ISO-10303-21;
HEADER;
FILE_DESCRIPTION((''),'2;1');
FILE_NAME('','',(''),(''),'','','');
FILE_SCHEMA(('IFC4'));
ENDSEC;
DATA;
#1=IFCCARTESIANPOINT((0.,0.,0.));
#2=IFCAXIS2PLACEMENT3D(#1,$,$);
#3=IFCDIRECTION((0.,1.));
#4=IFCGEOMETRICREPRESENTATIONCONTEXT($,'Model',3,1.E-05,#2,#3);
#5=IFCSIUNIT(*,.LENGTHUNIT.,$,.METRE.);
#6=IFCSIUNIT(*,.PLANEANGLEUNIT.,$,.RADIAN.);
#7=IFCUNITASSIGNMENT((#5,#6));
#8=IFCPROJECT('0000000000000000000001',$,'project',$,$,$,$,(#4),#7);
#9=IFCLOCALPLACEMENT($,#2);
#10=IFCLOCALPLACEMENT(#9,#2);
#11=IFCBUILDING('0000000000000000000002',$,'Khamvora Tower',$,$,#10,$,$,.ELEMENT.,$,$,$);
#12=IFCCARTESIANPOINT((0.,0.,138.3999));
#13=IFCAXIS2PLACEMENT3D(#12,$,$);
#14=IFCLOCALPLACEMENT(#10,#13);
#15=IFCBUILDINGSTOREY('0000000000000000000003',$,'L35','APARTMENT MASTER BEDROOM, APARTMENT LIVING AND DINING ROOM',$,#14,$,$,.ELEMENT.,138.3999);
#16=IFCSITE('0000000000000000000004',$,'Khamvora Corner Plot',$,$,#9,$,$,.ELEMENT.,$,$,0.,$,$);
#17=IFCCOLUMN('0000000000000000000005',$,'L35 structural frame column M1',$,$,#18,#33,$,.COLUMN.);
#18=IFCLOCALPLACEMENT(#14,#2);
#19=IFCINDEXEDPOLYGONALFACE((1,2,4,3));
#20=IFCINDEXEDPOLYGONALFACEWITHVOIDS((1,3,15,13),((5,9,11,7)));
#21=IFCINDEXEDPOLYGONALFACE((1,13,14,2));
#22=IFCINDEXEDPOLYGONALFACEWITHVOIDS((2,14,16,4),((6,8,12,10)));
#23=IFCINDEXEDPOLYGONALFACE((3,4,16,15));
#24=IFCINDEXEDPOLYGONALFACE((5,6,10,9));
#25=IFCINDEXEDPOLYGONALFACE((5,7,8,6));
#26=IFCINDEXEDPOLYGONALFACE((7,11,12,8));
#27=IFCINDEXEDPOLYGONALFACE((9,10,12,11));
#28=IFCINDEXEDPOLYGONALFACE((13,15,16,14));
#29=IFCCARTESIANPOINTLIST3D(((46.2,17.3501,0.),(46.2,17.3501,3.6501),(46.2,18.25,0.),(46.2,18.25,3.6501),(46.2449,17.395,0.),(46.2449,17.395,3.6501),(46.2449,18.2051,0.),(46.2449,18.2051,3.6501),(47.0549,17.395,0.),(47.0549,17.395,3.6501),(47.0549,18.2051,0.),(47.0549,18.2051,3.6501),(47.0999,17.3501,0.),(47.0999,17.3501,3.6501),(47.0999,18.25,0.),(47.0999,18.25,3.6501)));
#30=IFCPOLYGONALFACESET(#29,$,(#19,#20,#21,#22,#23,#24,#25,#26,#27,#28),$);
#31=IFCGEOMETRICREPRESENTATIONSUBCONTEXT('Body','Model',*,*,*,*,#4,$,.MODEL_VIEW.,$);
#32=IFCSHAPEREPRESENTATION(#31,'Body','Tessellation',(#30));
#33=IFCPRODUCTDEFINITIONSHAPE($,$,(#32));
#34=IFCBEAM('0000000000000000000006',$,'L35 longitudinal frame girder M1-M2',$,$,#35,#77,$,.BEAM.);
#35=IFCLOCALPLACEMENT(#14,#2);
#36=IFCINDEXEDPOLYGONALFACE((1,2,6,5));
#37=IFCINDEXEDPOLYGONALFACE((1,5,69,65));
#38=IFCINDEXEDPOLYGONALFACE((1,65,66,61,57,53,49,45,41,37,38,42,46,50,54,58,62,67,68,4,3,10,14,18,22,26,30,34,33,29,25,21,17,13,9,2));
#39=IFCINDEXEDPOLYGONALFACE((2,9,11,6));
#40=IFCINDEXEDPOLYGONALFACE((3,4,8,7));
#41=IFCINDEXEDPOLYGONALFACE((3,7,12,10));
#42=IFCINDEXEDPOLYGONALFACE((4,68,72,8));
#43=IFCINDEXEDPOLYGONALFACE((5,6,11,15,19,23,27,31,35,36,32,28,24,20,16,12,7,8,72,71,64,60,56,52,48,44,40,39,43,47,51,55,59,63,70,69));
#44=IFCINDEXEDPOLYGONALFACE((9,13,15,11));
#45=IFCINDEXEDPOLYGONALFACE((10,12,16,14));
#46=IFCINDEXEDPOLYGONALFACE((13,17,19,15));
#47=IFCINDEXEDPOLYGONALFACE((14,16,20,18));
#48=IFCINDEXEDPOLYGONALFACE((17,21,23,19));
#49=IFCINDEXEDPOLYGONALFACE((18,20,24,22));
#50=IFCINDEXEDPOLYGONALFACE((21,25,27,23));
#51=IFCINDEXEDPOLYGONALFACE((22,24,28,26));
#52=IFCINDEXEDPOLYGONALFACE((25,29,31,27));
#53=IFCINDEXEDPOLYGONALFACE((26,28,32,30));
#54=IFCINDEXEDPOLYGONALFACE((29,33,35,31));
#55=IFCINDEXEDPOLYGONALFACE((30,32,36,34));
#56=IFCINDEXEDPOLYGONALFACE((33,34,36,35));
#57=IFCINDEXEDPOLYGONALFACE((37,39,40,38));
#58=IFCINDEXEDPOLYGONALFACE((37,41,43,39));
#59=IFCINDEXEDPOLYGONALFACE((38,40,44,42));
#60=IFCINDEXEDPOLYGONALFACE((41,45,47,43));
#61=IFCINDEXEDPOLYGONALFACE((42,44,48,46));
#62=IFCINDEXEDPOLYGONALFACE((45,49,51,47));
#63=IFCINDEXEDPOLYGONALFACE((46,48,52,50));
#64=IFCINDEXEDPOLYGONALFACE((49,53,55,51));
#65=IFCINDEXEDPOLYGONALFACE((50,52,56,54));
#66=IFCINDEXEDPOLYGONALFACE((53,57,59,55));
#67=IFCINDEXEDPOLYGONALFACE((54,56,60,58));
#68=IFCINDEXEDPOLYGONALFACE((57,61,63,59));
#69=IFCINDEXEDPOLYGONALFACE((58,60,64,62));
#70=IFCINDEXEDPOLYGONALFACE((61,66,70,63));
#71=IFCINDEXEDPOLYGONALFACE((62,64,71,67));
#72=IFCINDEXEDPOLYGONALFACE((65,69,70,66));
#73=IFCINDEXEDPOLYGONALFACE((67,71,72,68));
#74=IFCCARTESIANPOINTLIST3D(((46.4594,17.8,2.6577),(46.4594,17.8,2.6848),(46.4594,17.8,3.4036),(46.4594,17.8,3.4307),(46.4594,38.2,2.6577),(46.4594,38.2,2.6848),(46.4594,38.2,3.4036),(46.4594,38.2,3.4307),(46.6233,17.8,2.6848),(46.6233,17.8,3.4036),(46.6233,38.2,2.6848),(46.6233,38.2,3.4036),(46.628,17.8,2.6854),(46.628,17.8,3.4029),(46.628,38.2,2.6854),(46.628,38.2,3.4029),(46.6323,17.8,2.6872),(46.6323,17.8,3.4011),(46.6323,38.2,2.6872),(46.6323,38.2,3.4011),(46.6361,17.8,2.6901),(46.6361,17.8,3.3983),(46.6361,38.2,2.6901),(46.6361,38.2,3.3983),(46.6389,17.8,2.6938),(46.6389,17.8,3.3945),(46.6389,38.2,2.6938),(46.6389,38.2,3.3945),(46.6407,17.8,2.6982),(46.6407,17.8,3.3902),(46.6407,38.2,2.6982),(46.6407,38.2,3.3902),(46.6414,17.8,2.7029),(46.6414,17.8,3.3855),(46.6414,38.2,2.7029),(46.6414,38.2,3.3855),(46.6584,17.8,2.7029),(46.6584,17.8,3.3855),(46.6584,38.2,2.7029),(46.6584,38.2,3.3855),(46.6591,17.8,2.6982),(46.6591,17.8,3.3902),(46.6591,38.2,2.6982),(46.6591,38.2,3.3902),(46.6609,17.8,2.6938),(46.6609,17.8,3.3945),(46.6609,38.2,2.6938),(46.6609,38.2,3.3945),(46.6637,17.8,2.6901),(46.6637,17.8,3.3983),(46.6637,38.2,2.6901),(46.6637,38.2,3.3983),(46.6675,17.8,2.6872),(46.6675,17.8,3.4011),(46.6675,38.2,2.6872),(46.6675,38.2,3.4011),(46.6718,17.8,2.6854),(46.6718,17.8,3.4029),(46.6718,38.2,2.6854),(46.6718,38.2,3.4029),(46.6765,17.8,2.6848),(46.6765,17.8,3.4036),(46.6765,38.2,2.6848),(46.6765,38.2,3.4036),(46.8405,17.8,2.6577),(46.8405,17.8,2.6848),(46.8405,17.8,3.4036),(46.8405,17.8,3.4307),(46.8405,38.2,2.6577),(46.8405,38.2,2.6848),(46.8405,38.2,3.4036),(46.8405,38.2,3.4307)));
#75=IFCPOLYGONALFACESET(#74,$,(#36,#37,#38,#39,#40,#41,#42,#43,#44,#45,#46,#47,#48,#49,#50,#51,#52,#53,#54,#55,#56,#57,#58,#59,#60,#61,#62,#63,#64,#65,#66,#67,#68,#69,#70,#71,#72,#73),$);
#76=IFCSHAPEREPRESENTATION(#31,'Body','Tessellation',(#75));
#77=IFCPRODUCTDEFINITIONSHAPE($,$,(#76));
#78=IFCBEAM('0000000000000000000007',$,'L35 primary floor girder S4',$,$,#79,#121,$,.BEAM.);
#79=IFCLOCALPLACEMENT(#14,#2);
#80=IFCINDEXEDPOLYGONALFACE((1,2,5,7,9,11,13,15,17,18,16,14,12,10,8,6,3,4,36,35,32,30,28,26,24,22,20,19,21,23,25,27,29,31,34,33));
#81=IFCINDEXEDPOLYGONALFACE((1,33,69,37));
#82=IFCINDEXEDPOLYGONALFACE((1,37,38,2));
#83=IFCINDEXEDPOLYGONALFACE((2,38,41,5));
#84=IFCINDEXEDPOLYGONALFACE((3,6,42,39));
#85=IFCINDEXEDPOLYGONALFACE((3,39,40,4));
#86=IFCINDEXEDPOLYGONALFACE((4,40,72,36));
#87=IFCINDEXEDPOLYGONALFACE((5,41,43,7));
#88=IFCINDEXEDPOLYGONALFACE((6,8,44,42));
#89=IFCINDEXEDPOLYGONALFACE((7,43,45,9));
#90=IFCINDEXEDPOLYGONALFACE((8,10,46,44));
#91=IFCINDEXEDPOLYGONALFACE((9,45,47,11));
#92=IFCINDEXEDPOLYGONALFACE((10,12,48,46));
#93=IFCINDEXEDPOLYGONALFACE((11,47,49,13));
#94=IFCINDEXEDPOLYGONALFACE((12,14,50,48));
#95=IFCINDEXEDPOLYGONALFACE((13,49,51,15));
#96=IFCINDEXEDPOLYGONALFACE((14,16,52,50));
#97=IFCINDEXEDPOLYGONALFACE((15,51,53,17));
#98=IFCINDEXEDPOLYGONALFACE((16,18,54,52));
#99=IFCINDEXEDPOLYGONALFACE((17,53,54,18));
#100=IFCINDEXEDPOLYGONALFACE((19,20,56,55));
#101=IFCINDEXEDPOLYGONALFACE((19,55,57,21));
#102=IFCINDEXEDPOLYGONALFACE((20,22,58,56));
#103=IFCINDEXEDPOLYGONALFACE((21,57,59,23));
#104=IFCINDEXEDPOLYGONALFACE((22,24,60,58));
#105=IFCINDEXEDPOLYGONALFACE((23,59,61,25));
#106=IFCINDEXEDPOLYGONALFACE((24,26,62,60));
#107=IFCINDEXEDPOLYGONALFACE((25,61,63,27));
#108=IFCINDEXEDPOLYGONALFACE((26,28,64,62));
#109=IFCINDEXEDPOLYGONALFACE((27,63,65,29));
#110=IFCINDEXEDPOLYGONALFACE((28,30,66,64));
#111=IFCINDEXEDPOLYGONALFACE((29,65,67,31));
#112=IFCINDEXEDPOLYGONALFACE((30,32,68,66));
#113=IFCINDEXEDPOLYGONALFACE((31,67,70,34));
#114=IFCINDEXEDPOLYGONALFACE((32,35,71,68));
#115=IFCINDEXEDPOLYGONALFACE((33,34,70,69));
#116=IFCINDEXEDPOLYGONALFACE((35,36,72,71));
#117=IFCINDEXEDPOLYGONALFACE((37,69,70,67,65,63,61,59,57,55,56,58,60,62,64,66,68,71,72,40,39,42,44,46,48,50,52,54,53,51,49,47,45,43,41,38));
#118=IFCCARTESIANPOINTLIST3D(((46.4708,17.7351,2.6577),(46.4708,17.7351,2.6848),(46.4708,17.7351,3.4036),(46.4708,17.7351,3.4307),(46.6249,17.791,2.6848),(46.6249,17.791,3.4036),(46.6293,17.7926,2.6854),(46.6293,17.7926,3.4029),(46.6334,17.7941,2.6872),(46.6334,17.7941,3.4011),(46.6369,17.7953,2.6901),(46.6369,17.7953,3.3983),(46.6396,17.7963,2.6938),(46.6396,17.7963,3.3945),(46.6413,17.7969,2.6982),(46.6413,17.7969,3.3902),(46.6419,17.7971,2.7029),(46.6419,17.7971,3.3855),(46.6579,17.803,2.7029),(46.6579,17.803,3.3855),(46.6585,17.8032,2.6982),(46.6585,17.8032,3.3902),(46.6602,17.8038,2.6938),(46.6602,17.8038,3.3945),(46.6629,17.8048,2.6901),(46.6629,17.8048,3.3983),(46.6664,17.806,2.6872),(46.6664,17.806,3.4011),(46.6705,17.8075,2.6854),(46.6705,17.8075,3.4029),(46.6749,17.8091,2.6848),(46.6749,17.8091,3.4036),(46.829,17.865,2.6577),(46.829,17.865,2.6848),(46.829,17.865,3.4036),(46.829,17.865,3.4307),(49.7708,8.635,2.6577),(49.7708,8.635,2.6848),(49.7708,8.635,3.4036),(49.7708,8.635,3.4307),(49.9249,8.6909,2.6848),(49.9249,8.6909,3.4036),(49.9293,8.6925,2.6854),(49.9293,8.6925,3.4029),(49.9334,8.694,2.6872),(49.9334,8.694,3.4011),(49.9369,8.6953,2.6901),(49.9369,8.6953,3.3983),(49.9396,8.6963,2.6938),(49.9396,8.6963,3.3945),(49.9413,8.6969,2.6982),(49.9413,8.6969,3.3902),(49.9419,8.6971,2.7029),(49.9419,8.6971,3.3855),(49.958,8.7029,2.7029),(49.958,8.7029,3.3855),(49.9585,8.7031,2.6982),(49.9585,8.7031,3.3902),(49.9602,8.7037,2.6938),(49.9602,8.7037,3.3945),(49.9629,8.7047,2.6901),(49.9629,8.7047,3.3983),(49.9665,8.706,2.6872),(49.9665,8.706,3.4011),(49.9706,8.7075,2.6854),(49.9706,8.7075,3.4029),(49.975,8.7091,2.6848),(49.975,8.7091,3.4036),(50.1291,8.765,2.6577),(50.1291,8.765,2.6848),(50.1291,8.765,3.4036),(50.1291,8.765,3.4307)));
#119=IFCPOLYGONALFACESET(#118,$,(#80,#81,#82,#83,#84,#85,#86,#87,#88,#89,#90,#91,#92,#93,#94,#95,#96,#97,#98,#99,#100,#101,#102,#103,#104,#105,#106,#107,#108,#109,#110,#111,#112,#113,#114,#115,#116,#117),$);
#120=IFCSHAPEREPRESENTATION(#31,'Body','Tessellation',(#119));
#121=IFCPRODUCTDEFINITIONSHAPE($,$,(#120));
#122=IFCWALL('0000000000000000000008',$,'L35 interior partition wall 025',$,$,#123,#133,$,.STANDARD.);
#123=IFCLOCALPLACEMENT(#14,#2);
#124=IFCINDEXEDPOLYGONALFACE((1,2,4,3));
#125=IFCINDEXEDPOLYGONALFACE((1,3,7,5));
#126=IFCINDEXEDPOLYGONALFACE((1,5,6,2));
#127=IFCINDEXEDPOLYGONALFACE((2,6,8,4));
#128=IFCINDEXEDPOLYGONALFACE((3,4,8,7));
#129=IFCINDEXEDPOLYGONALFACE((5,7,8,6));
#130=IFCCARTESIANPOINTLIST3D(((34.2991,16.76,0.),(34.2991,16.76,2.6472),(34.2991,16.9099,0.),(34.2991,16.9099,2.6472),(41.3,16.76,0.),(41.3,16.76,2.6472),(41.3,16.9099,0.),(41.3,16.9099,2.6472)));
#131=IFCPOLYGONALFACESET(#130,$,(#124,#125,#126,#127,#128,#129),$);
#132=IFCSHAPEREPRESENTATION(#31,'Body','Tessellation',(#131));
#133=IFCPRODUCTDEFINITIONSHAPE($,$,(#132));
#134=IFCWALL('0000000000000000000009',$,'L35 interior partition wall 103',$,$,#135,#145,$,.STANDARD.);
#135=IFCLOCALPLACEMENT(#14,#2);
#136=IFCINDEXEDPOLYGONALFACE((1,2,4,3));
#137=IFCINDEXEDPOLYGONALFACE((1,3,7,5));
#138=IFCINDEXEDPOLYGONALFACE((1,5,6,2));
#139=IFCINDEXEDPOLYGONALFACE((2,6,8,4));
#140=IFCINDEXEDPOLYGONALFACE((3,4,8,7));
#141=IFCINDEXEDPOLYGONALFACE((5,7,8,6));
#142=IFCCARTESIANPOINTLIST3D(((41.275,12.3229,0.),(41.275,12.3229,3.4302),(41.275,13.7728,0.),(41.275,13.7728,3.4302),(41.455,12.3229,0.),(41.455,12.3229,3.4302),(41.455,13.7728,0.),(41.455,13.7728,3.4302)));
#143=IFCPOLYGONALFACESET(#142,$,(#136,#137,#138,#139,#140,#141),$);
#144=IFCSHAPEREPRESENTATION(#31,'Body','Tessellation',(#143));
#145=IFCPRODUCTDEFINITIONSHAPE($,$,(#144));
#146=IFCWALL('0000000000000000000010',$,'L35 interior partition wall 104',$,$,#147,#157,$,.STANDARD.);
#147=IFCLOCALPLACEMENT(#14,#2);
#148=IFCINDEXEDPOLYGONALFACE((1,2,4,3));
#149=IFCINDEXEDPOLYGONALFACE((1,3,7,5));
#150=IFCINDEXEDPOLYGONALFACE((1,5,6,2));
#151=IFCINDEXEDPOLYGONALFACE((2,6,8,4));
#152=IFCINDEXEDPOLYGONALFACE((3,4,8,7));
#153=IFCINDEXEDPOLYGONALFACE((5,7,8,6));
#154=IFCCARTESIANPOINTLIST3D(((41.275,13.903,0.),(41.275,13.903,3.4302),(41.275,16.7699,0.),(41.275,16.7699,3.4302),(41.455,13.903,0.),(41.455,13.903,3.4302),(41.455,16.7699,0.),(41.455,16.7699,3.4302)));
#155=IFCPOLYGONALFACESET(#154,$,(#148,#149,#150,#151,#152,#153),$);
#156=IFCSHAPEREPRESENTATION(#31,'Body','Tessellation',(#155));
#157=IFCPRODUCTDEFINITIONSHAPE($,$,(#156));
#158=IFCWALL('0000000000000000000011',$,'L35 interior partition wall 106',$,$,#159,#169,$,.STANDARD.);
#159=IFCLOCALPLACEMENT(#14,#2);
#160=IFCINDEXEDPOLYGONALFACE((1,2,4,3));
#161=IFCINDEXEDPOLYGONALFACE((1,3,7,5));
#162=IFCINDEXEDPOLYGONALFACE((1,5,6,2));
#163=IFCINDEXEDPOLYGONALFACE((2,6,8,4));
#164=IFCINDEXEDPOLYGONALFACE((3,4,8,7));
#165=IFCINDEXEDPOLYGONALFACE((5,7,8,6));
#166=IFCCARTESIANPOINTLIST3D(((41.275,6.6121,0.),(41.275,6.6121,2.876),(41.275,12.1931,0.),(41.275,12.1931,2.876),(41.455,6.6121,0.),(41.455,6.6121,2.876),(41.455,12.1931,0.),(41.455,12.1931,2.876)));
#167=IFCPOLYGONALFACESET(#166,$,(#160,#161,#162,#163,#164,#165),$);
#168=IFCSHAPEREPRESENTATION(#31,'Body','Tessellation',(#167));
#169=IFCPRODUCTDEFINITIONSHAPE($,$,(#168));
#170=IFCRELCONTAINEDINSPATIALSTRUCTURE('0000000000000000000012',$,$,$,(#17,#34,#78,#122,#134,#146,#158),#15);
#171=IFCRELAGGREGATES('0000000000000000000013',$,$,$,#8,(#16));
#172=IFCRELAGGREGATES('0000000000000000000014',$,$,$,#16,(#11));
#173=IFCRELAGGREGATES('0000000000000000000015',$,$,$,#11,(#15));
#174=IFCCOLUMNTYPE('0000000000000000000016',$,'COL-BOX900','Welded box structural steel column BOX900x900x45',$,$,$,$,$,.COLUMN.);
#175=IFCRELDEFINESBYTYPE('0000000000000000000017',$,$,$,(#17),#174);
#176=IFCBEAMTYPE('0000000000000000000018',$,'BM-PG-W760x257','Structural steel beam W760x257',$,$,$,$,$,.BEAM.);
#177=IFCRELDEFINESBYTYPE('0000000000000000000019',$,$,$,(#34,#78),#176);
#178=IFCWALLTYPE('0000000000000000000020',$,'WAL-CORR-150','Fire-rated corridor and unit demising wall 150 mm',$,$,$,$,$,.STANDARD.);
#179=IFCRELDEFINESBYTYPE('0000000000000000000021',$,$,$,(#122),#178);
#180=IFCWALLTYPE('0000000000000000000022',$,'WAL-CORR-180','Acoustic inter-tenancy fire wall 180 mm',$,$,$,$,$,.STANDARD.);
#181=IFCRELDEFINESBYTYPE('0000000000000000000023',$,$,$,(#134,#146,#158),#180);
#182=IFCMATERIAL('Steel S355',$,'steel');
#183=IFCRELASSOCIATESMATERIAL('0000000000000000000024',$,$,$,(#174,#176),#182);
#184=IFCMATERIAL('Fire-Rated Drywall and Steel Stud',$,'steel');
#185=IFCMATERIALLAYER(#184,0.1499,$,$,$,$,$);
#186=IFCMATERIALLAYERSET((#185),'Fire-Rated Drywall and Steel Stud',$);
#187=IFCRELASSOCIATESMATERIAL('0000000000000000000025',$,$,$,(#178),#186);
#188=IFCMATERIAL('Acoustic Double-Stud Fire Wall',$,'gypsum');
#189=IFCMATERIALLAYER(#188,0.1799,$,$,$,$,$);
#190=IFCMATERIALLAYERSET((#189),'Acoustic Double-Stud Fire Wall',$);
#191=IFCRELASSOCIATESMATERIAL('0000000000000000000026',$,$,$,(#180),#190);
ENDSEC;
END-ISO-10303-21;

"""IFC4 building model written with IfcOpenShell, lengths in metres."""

from ifc_helpers import new_model, si_unit, direction, frame, frame_2d, origin, origin_2d, place, context, subcontext, project, spatial, rectangle, hollow_rectangle, i_section, extrude, material, layer, layer_set, material_profile, profile_set, type_object, element, save


model = new_model("IFC4")

# Units and contexts
model_context = context("Model", 3, precision=1e-05, world=origin(), true_north=direction((0.0, 1.0)))
body_context = subcontext(model_context, "Body", "Model", "MODEL_VIEW")
ifc_project = project(units=[si_unit("LENGTHUNIT", "METRE"), si_unit("PLANEANGLEUNIT", "RADIAN")], contexts=[model_context])

# Site, building, storey
site_placement = place(None, origin())
site = spatial("IfcSite", under=ifc_project, at=site_placement, Name="Khamvora Corner Plot", CompositionType="ELEMENT", RefElevation=0.0)
building_placement = place(site_placement, origin())
building = spatial("IfcBuilding", under=site, at=building_placement, Name="Khamvora Tower", CompositionType="ELEMENT")
storey_placement = place(building_placement, frame((0.0, 0.0, 138.3999)))
storey = spatial("IfcBuildingStorey", under=building, at=storey_placement, Name="L35", Description="APARTMENT MASTER BEDROOM, APARTMENT LIVING AND DINING ROOM", CompositionType="ELEMENT", Elevation=138.3999)

# Column
ifc_material_1 = material(Name="Steel S355", Category="steel")
ifc_material_profile_1 = material_profile(ifc_material_1, hollow_rectangle(XDim=0.8999, YDim=0.8999, WallThickness=0.0449, at=origin_2d()), Name="BOX900x900x45")
ifc_profile_set_1 = profile_set([ifc_material_profile_1], Name="Steel S355")
column_type = type_object("IfcColumnType", Name="COL-BOX900", Description="Welded box structural steel column BOX900x900x45", PredefinedType="COLUMN", material=ifc_profile_set_1)
column_placement = place(storey_placement, frame((46.6499, 17.8, 0.0), z_axis=(0.0, 0.0, 1.0), x_axis=(1.0, 0.0, 0.0)))
element("IfcColumn", 1, at=column_placement, inside=storey, type_object=column_type, Name="L35 structural frame column M1", PredefinedType="COLUMN", context=body_context, shape_type="SweptSolid", body=[
    extrude(hollow_rectangle(XDim=0.8999, YDim=0.8999, WallThickness=0.0449, at=origin_2d()), origin(), (0.0, 0.0, 1.0), 3.6501),
])

# Beams
ifc_material_profile_2 = material_profile(ifc_material_1, i_section(OverallWidth=0.3811, OverallDepth=0.7729, WebThickness=0.0171, FlangeThickness=0.0271, FilletRadius=0.0181, at=origin_2d()), Name="W760x257")
ifc_profile_set_2 = profile_set([ifc_material_profile_2], Name="Steel S355")
beam_type = type_object("IfcBeamType", Name="BM-PG-W760x257", Description="Structural steel beam W760x257", PredefinedType="BEAM", material=ifc_profile_set_2)
beam_1_placement = place(storey_placement, frame((46.6499, 17.8, 3.0442), z_axis=(0.0, 1.0, 0.0), x_axis=(-1.0, 0.0, 0.0)))
element("IfcBeam", 2, at=beam_1_placement, inside=storey, type_object=beam_type, Name="L35 longitudinal frame girder M1-M2", PredefinedType="BEAM", context=body_context, shape_type="SweptSolid", body=[
    extrude(i_section(OverallWidth=0.3811, OverallDepth=0.7729, WebThickness=0.0171, FlangeThickness=0.0271, FilletRadius=0.0181, at=origin_2d()), origin(), (0.0, 0.0, 1.0), 20.3999),
])
beam_2_placement = place(storey_placement, frame((46.6499, 17.8, 3.0442), z_axis=(0.340915, -0.940094, 0.0), x_axis=(0.940094, 0.340915, 0.0)))
element("IfcBeam", 3, at=beam_2_placement, inside=storey, type_object=beam_type, Name="L35 primary floor girder S4", PredefinedType="BEAM", context=body_context, shape_type="SweptSolid", body=[
    extrude(i_section(OverallWidth=0.3811, OverallDepth=0.7729, WebThickness=0.0171, FlangeThickness=0.0271, FilletRadius=0.0181, at=origin_2d()), origin(), (0.0, 0.0, 1.0), 9.6799),
])

# Walls
ifc_material_2 = material(Name="Fire-Rated Drywall and Steel Stud", Category="steel")
ifc_layer_1 = layer(ifc_material_2, 0.1499)
ifc_layer_set_1 = layer_set([ifc_layer_1], Name="Fire-Rated Drywall and Steel Stud")
wall_type_1 = type_object("IfcWallType", Name="WAL-CORR-150", Description="Fire-rated corridor and unit demising wall 150 mm", PredefinedType="STANDARD", material=ifc_layer_set_1)
wall_1_placement = place(storey_placement, frame((41.3, 16.835, 0.0), z_axis=(0.0, 0.0, 1.0), x_axis=(-1.0, 0.0, 0.0)))
element("IfcWall", 4, at=wall_1_placement, inside=storey, type_object=wall_type_1, Name="L35 interior partition wall 025", PredefinedType="STANDARD", context=body_context, shape_type="SweptSolid", body=[
    extrude(rectangle(XDim=7.001, YDim=0.1499, at=frame_2d((3.5005, 0.0))), origin(), (0.0, 0.0, 1.0), 2.6472),
])
ifc_material_3 = material(Name="Acoustic Double-Stud Fire Wall", Category="gypsum")
ifc_layer_2 = layer(ifc_material_3, 0.1799)
ifc_layer_set_2 = layer_set([ifc_layer_2], Name="Acoustic Double-Stud Fire Wall")
wall_type_2 = type_object("IfcWallType", Name="WAL-CORR-180", Description="Acoustic inter-tenancy fire wall 180 mm", PredefinedType="STANDARD", material=ifc_layer_set_2)
wall_2_placement = place(storey_placement, frame((41.365, 13.7729, 0.0), z_axis=(0.0, 0.0, 1.0), x_axis=(0.0, -1.0, 0.0)))
element("IfcWall", 5, at=wall_2_placement, inside=storey, type_object=wall_type_2, Name="L35 interior partition wall 103", PredefinedType="STANDARD", context=body_context, shape_type="SweptSolid", body=[
    extrude(rectangle(XDim=1.45, YDim=0.1799, at=frame_2d((0.7251, 0.0))), origin(), (0.0, 0.0, 1.0), 3.4302),
])
wall_3_placement = place(storey_placement, frame((41.365, 16.77, 0.0), z_axis=(0.0, 0.0, 1.0), x_axis=(0.0, -1.0, 0.0)))
element("IfcWall", 6, at=wall_3_placement, inside=storey, type_object=wall_type_2, Name="L35 interior partition wall 104", PredefinedType="STANDARD", context=body_context, shape_type="SweptSolid", body=[
    extrude(rectangle(XDim=2.8669, YDim=0.1799, at=frame_2d((1.4336, 0.0))), origin(), (0.0, 0.0, 1.0), 3.4302),
])
wall_4_placement = place(storey_placement, frame((41.365, 12.1931, 0.0), z_axis=(0.0, 0.0, 1.0), x_axis=(0.0, -1.0, 0.0)))
element("IfcWall", 7, at=wall_4_placement, inside=storey, type_object=wall_type_2, Name="L35 interior partition wall 106", PredefinedType="STANDARD", context=body_context, shape_type="SweptSolid", body=[
    extrude(rectangle(XDim=5.5811, YDim=0.1799, at=frame_2d((2.7905, 0.0))), origin(), (0.0, 0.0, 1.0), 2.876),
])

save(model, "model.ifc")
